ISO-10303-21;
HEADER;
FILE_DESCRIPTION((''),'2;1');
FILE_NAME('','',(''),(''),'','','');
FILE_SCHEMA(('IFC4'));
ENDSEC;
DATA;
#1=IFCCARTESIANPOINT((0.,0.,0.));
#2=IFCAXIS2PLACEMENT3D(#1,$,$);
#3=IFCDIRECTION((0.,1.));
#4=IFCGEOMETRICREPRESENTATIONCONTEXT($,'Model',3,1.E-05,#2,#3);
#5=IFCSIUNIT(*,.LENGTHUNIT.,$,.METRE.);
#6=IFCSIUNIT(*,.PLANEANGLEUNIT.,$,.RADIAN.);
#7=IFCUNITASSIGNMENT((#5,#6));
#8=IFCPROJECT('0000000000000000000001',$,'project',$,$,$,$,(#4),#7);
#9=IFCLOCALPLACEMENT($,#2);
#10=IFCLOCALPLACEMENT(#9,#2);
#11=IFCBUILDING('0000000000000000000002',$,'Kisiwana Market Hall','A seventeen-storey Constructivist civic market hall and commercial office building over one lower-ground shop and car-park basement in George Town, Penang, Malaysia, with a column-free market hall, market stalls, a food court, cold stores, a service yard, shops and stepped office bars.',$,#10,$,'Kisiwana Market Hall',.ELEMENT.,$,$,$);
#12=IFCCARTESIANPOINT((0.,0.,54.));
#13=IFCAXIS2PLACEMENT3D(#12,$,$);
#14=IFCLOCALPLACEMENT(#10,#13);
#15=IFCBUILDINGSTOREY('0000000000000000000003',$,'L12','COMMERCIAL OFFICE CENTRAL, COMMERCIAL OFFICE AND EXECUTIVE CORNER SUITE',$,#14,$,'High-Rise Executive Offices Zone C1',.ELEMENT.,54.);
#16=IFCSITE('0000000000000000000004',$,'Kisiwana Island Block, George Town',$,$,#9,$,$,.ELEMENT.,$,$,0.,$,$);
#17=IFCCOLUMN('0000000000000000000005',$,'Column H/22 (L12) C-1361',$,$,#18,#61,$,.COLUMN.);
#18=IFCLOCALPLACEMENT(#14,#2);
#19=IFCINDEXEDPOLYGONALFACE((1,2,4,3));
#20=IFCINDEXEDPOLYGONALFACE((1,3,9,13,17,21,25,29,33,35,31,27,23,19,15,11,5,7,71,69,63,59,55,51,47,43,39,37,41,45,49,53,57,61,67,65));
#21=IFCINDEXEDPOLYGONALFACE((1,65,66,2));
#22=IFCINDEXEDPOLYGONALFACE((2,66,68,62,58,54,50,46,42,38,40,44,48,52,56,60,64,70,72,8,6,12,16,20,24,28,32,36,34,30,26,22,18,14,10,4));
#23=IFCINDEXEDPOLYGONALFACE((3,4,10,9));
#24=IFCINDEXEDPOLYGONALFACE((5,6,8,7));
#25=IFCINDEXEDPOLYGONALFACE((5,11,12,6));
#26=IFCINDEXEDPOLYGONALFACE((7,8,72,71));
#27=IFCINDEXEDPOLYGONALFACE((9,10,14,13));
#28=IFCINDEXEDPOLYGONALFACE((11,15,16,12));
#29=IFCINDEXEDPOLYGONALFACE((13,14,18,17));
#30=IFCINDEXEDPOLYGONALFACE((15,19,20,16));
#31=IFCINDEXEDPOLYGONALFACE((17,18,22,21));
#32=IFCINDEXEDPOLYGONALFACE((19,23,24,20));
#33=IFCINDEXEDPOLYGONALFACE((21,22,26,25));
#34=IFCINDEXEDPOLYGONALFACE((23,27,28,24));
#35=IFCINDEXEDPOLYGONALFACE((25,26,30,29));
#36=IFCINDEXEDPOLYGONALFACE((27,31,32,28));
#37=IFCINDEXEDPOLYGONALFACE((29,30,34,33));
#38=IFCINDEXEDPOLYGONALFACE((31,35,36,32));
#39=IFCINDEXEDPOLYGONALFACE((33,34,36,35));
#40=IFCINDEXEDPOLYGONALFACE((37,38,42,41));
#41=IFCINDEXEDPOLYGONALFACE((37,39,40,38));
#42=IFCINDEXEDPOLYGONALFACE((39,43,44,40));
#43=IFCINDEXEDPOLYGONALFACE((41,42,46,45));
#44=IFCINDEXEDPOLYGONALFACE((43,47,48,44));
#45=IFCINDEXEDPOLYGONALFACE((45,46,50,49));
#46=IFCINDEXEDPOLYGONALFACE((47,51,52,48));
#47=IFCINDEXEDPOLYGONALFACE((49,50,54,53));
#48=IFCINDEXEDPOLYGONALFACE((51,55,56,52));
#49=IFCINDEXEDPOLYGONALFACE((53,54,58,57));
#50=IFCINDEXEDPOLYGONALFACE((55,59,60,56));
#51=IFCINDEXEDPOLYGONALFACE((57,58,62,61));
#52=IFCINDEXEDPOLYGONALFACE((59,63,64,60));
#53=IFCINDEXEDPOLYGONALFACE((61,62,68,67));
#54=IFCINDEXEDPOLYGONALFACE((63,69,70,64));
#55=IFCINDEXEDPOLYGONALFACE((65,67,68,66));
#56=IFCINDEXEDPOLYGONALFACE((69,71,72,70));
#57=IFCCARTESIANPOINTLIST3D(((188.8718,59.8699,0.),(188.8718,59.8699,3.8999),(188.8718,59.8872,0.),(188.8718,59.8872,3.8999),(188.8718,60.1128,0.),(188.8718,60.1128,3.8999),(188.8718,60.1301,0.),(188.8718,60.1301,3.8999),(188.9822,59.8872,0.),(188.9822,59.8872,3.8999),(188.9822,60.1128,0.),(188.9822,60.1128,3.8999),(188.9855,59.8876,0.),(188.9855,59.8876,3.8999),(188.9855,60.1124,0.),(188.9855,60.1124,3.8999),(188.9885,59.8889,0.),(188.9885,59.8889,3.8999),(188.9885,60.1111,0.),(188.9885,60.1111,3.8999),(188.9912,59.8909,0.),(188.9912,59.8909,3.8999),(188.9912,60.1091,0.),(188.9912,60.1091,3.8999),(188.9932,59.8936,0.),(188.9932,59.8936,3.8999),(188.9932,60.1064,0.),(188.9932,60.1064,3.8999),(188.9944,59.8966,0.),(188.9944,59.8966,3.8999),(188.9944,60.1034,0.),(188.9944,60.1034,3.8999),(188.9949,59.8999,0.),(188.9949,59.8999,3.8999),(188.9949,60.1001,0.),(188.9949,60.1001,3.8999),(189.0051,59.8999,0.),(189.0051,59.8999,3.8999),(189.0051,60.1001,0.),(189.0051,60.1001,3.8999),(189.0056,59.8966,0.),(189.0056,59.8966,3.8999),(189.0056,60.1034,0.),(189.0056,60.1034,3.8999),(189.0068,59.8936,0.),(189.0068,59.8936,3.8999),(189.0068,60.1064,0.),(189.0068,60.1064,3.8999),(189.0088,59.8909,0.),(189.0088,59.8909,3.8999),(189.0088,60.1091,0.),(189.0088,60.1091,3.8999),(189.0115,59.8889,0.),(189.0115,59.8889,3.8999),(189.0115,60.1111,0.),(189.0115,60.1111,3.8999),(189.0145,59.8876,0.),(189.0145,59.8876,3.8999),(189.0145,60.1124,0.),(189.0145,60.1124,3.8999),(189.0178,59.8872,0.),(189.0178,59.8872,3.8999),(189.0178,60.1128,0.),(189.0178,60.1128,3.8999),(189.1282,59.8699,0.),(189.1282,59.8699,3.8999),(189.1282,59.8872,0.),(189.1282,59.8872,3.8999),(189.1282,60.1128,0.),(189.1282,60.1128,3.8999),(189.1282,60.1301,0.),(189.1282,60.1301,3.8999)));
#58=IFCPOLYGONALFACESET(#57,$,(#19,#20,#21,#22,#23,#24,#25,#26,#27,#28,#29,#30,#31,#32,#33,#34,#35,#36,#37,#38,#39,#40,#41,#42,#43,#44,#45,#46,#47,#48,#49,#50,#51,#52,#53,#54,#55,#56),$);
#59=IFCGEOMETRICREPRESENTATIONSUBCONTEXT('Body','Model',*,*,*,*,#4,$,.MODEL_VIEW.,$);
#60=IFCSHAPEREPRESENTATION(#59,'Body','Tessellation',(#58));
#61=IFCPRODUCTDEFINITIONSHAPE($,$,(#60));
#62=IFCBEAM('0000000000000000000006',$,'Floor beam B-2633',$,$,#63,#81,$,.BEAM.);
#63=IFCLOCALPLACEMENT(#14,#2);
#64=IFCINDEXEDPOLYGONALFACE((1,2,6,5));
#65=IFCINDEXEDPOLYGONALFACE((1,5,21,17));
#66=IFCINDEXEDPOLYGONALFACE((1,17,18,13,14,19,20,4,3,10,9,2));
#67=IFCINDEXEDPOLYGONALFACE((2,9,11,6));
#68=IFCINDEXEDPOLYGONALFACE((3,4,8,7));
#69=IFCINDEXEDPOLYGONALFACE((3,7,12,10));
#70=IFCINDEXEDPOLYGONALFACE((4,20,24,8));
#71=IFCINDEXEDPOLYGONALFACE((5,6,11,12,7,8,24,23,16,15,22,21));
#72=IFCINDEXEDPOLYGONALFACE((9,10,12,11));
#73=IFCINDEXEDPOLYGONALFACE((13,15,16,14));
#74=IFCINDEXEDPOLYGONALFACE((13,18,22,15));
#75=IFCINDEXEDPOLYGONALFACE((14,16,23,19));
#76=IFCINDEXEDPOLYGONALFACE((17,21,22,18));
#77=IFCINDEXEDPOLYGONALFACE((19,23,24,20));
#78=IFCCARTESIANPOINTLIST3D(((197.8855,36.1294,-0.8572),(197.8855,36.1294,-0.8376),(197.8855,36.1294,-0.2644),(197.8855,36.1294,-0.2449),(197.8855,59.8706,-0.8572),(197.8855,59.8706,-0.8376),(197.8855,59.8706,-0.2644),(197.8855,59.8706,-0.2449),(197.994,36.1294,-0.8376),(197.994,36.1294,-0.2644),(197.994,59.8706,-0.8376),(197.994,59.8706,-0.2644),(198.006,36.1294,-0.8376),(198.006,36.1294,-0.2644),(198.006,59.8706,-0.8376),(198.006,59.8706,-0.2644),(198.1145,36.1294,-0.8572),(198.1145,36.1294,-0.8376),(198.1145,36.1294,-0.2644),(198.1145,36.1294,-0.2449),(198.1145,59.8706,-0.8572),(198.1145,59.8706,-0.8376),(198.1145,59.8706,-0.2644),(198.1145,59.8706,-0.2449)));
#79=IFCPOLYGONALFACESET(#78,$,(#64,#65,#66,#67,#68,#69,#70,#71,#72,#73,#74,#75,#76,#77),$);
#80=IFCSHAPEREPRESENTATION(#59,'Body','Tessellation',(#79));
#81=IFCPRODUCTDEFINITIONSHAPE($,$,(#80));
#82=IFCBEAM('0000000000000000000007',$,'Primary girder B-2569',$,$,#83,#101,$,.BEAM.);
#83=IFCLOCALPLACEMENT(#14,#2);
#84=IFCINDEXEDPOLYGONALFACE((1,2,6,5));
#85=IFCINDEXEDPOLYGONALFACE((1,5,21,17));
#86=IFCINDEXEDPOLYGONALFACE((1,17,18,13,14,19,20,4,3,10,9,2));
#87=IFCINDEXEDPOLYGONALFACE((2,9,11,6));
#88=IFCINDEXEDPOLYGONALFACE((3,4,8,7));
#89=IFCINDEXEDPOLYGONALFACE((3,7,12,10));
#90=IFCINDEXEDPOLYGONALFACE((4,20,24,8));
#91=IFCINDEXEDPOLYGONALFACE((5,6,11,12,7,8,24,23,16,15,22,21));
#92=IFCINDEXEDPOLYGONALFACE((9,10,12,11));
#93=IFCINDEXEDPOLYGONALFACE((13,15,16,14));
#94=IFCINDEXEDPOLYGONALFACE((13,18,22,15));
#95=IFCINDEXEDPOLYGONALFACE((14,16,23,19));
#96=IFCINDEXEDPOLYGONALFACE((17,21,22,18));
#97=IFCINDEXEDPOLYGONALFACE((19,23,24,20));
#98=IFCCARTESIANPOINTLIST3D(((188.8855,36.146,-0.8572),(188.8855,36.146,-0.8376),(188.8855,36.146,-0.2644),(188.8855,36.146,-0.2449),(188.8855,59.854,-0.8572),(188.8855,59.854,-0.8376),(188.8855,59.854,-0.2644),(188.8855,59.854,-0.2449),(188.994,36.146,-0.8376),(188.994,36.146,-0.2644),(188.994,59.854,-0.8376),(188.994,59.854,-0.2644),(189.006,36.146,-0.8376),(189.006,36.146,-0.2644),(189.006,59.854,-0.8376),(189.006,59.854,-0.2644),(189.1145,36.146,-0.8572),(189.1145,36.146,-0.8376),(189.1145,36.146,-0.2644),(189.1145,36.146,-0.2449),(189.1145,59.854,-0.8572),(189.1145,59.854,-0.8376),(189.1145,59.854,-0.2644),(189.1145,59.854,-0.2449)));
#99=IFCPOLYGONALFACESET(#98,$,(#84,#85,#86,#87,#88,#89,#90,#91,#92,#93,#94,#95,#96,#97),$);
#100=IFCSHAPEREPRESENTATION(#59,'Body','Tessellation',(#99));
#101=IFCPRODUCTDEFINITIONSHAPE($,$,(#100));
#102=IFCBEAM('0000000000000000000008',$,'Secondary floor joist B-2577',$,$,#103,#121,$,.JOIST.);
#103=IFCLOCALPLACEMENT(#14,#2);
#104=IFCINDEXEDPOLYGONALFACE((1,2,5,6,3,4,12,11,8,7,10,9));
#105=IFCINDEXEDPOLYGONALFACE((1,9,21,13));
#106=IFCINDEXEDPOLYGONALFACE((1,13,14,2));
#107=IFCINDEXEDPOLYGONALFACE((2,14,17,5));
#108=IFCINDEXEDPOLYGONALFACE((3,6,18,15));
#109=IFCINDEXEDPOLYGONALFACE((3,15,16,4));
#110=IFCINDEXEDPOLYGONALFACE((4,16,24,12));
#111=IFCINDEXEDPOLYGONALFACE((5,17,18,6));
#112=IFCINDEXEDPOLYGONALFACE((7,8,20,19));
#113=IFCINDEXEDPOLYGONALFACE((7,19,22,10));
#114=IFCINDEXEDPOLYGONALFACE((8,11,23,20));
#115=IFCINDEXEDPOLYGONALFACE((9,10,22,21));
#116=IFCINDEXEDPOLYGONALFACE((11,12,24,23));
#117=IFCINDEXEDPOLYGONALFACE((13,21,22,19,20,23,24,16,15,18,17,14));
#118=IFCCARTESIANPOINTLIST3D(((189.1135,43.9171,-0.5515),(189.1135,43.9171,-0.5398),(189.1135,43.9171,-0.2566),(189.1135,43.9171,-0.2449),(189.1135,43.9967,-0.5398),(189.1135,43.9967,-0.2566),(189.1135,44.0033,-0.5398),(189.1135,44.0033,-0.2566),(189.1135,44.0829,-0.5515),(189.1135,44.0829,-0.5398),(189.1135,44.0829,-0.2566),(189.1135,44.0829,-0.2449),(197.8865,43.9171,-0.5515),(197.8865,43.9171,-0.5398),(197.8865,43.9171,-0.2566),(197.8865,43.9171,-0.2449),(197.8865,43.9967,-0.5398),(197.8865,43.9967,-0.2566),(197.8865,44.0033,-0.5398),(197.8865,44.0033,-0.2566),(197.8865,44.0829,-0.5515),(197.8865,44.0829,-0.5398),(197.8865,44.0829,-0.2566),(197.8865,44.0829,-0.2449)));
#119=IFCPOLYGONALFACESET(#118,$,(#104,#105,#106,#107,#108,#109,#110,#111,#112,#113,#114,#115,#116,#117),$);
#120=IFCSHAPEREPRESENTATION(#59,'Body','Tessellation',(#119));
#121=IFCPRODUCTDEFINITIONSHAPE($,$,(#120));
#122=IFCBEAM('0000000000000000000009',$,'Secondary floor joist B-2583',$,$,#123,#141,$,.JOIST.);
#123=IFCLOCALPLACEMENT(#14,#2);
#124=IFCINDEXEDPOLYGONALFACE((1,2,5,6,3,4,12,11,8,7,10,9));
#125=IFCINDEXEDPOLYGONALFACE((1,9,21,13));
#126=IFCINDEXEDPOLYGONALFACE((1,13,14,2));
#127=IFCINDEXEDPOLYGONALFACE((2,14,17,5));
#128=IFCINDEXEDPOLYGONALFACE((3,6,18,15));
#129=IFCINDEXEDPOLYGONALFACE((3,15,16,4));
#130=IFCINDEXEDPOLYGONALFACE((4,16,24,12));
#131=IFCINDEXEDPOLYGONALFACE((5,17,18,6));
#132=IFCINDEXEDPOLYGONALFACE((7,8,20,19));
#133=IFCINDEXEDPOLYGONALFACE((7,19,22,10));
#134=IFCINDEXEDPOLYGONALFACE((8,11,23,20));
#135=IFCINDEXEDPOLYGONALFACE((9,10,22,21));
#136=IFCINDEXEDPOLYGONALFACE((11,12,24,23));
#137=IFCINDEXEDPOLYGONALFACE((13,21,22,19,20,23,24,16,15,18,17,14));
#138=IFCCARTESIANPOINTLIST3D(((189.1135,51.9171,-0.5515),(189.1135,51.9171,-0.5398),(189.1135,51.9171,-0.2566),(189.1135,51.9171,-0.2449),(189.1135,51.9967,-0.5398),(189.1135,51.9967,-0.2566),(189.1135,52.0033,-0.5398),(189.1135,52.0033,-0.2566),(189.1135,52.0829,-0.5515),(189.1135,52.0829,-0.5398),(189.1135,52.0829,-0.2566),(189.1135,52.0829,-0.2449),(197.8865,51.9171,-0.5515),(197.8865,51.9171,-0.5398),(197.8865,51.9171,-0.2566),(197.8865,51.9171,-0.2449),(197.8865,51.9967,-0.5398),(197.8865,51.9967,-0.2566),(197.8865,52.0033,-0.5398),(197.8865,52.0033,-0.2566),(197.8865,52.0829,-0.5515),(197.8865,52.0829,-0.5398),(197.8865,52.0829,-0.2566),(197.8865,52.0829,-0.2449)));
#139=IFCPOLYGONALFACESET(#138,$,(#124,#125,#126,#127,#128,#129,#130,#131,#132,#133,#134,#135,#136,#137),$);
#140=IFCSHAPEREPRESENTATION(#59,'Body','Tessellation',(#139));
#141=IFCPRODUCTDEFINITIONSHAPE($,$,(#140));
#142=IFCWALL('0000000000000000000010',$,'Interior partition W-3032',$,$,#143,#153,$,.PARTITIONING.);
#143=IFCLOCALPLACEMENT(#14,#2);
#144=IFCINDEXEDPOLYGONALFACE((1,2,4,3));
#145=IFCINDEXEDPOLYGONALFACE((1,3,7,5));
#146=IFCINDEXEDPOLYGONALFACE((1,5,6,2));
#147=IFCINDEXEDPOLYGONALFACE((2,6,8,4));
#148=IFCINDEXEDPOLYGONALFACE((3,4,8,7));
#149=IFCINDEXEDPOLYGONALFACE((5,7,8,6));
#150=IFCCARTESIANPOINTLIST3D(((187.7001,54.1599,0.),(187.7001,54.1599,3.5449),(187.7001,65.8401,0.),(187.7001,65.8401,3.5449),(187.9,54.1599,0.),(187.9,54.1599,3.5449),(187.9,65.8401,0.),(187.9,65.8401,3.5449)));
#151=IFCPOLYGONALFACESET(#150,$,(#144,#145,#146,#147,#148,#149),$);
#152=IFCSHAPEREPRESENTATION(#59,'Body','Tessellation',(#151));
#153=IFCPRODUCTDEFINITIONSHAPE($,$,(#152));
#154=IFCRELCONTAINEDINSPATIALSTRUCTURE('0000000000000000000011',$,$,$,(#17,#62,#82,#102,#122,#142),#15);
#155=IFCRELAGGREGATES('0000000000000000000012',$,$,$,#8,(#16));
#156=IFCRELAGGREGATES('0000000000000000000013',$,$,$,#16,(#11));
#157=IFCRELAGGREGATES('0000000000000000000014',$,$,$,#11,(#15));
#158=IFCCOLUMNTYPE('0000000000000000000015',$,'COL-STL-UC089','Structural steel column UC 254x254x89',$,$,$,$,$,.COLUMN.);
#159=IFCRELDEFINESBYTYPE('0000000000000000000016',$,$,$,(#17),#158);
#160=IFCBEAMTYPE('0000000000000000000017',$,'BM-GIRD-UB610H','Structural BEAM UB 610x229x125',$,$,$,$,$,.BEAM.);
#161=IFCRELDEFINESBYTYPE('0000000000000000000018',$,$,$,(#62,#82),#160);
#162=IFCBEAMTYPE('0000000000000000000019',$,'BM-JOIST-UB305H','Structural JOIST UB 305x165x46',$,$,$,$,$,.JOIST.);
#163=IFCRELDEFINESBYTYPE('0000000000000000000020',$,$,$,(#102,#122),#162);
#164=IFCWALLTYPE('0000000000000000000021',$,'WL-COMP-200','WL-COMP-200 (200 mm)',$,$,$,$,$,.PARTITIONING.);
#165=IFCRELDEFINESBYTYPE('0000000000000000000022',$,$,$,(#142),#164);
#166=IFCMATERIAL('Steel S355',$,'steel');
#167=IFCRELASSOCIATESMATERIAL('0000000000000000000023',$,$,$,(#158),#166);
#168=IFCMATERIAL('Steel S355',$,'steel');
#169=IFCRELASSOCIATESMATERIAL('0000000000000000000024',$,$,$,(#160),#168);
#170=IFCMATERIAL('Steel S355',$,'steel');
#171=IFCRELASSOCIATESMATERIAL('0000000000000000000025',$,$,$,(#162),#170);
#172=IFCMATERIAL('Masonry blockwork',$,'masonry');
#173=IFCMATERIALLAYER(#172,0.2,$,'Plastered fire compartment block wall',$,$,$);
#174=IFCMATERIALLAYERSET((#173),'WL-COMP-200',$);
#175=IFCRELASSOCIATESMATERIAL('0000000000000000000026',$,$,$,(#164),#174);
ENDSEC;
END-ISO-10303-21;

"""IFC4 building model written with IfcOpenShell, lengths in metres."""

from ifc_helpers import new_model, si_unit, direction, frame, frame_2d, origin, origin_2d, place, context, subcontext, project, spatial, rectangle, i_section, extrude, material, layer, layer_set, material_profile, profile_set, type_object, element, save


model = new_model("IFC4")

# Units and contexts
model_context = context("Model", 3, precision=1e-05, world=origin(), true_north=direction((0.0, 1.0)))
body_context = subcontext(model_context, "Body", "Model", "MODEL_VIEW")
ifc_project = project(units=[si_unit("LENGTHUNIT", "METRE"), si_unit("PLANEANGLEUNIT", "RADIAN")], contexts=[model_context])

# Site, building, storey
site_placement = place(None, origin())
site = spatial("IfcSite", under=ifc_project, at=site_placement, Name="Kisiwana Island Block, George Town", CompositionType="ELEMENT", RefElevation=0.0)
building_placement = place(site_placement, origin())
building = spatial("IfcBuilding", under=site, at=building_placement, Name="Kisiwana Market Hall", Description="A seventeen-storey Constructivist civic market hall and commercial office building over one lower-ground shop and car-park basement in George Town, Penang, Malaysia, with a column-free market hall, market stalls, a food court, cold stores, a service yard, shops and stepped office bars.", LongName="Kisiwana Market Hall", CompositionType="ELEMENT")
storey_placement = place(building_placement, frame((0.0, 0.0, 54.0)))
storey = spatial("IfcBuildingStorey", under=building, at=storey_placement, Name="L12", Description="COMMERCIAL OFFICE CENTRAL, COMMERCIAL OFFICE AND EXECUTIVE CORNER SUITE", LongName="High-Rise Executive Offices Zone C1", CompositionType="ELEMENT", Elevation=54.0)

# Column
ifc_material_1 = material(Name="Steel S355", Category="steel")
ifc_material_profile_1 = material_profile(ifc_material_1, i_section(OverallWidth=0.2563, OverallDepth=0.2603, WebThickness=0.0103, FlangeThickness=0.0173, FilletRadius=0.0127, at=origin_2d()), Name="UC 254x254x89")
ifc_profile_set_1 = profile_set([ifc_material_profile_1], Name="Steel S355")
column_type = type_object("IfcColumnType", Name="COL-STL-UC089", Description="Structural steel column UC 254x254x89", PredefinedType="COLUMN", material=ifc_profile_set_1)
column_placement = place(storey_placement, frame((189.0, 60.0, 0.0), z_axis=(0.0, 0.0, 1.0), x_axis=(1.0, 0.0, 0.0)))
element("IfcColumn", 1, at=column_placement, inside=storey, type_object=column_type, Name="Column H/22 (L12) C-1361", PredefinedType="COLUMN", context=body_context, shape_type="SweptSolid", body=[
    extrude(i_section(OverallWidth=0.2563, OverallDepth=0.2603, WebThickness=0.0103, FlangeThickness=0.0173, FilletRadius=0.0127, at=origin_2d()), origin(), (0.0, 0.0, 1.0), 3.8999),
])

# Beams
ifc_material_2 = material(Name="Steel S355", Category="steel")
ifc_material_profile_2 = material_profile(ifc_material_2, i_section(OverallWidth=0.229, OverallDepth=0.6123, WebThickness=0.012, FlangeThickness=0.0195, at=origin_2d()), Name="UB 610x229x125")
ifc_profile_set_2 = profile_set([ifc_material_profile_2], Name="Steel S355")
beam_type_1 = type_object("IfcBeamType", Name="BM-GIRD-UB610H", Description="Structural BEAM UB 610x229x125", PredefinedType="BEAM", material=ifc_profile_set_2)
beam_1_placement = place(storey_placement, frame((198.0, 36.1294, -0.551), z_axis=(0.0, 1.0, 0.0), x_axis=(-1.0, 0.0, 0.0)))
element("IfcBeam", 2, at=beam_1_placement, inside=storey, type_object=beam_type_1, Name="Floor beam B-2633", PredefinedType="BEAM", context=body_context, shape_type="SweptSolid", body=[
    extrude(i_section(OverallWidth=0.229, OverallDepth=0.6123, WebThickness=0.012, FlangeThickness=0.0195, at=origin_2d()), origin(), (0.0, 0.0, 1.0), 23.7412),
])
beam_2_placement = place(storey_placement, frame((189.0, 36.146, -0.551), z_axis=(0.0, 1.0, 0.0), x_axis=(-1.0, 0.0, 0.0)))
element("IfcBeam", 3, at=beam_2_placement, inside=storey, type_object=beam_type_1, Name="Primary girder B-2569", PredefinedType="BEAM", context=body_context, shape_type="SweptSolid", body=[
    extrude(i_section(OverallWidth=0.229, OverallDepth=0.6123, WebThickness=0.012, FlangeThickness=0.0195, at=origin_2d()), origin(), (0.0, 0.0, 1.0), 23.708),
])
ifc_material_3 = material(Name="Steel S355", Category="steel")
ifc_material_profile_3 = material_profile(ifc_material_3, i_section(OverallWidth=0.1658, OverallDepth=0.3066, WebThickness=0.0066, FlangeThickness=0.0117, at=origin_2d()), Name="UB 305x165x46")
ifc_profile_set_3 = profile_set([ifc_material_profile_3], Name="Steel S355")
beam_type_2 = type_object("IfcBeamType", Name="BM-JOIST-UB305H", Description="Structural JOIST UB 305x165x46", PredefinedType="JOIST", material=ifc_profile_set_3)
for number, where, z_axis, x_axis, name in (
    (4, (189.1135, 44.0, -0.3982), (1.0, 0.0, 0.0), (0.0, 1.0, 0.0), "Secondary floor joist B-2577"),
    (5, (189.1135, 52.0, -0.3982), (1.0, 0.0, 0.0), (0.0, 1.0, 0.0), "Secondary floor joist B-2583"),
):
    element("IfcBeam", number, at=place(storey_placement, frame(where, z_axis=z_axis, x_axis=x_axis)), inside=storey, type_object=beam_type_2, Name=name, PredefinedType="JOIST", context=body_context, shape_type="SweptSolid", body=[
        extrude(i_section(OverallWidth=0.1658, OverallDepth=0.3066, WebThickness=0.0066, FlangeThickness=0.0117, at=origin_2d()), origin(), (0.0, 0.0, 1.0), 8.7729),
    ])

# Wall
ifc_material_4 = material(Name="Masonry blockwork", Category="masonry")
ifc_layer_1 = layer(ifc_material_4, 0.2, Name="Plastered fire compartment block wall")
ifc_layer_set_1 = layer_set([ifc_layer_1], Name="WL-COMP-200")
wall_type_1 = type_object("IfcWallType", Name="WL-COMP-200", Description="WL-COMP-200 (200 mm)", PredefinedType="PARTITIONING", material=ifc_layer_set_1)
wall_1_placement = place(storey_placement, frame((187.8, 54.1599, 0.0), z_axis=(0.0, 0.0, 1.0), x_axis=(0.0, 1.0, 0.0)))
element("IfcWall", 6, at=wall_1_placement, inside=storey, type_object=wall_type_1, Name="Interior partition W-3032", PredefinedType="PARTITIONING", context=body_context, shape_type="SweptSolid", body=[
    extrude(rectangle(XDim=11.6802, YDim=0.2, at=frame_2d((5.8401, 0.0))), origin(), (0.0, 0.0, 1.0), 3.5449),
])

save(model, "model.ifc")
